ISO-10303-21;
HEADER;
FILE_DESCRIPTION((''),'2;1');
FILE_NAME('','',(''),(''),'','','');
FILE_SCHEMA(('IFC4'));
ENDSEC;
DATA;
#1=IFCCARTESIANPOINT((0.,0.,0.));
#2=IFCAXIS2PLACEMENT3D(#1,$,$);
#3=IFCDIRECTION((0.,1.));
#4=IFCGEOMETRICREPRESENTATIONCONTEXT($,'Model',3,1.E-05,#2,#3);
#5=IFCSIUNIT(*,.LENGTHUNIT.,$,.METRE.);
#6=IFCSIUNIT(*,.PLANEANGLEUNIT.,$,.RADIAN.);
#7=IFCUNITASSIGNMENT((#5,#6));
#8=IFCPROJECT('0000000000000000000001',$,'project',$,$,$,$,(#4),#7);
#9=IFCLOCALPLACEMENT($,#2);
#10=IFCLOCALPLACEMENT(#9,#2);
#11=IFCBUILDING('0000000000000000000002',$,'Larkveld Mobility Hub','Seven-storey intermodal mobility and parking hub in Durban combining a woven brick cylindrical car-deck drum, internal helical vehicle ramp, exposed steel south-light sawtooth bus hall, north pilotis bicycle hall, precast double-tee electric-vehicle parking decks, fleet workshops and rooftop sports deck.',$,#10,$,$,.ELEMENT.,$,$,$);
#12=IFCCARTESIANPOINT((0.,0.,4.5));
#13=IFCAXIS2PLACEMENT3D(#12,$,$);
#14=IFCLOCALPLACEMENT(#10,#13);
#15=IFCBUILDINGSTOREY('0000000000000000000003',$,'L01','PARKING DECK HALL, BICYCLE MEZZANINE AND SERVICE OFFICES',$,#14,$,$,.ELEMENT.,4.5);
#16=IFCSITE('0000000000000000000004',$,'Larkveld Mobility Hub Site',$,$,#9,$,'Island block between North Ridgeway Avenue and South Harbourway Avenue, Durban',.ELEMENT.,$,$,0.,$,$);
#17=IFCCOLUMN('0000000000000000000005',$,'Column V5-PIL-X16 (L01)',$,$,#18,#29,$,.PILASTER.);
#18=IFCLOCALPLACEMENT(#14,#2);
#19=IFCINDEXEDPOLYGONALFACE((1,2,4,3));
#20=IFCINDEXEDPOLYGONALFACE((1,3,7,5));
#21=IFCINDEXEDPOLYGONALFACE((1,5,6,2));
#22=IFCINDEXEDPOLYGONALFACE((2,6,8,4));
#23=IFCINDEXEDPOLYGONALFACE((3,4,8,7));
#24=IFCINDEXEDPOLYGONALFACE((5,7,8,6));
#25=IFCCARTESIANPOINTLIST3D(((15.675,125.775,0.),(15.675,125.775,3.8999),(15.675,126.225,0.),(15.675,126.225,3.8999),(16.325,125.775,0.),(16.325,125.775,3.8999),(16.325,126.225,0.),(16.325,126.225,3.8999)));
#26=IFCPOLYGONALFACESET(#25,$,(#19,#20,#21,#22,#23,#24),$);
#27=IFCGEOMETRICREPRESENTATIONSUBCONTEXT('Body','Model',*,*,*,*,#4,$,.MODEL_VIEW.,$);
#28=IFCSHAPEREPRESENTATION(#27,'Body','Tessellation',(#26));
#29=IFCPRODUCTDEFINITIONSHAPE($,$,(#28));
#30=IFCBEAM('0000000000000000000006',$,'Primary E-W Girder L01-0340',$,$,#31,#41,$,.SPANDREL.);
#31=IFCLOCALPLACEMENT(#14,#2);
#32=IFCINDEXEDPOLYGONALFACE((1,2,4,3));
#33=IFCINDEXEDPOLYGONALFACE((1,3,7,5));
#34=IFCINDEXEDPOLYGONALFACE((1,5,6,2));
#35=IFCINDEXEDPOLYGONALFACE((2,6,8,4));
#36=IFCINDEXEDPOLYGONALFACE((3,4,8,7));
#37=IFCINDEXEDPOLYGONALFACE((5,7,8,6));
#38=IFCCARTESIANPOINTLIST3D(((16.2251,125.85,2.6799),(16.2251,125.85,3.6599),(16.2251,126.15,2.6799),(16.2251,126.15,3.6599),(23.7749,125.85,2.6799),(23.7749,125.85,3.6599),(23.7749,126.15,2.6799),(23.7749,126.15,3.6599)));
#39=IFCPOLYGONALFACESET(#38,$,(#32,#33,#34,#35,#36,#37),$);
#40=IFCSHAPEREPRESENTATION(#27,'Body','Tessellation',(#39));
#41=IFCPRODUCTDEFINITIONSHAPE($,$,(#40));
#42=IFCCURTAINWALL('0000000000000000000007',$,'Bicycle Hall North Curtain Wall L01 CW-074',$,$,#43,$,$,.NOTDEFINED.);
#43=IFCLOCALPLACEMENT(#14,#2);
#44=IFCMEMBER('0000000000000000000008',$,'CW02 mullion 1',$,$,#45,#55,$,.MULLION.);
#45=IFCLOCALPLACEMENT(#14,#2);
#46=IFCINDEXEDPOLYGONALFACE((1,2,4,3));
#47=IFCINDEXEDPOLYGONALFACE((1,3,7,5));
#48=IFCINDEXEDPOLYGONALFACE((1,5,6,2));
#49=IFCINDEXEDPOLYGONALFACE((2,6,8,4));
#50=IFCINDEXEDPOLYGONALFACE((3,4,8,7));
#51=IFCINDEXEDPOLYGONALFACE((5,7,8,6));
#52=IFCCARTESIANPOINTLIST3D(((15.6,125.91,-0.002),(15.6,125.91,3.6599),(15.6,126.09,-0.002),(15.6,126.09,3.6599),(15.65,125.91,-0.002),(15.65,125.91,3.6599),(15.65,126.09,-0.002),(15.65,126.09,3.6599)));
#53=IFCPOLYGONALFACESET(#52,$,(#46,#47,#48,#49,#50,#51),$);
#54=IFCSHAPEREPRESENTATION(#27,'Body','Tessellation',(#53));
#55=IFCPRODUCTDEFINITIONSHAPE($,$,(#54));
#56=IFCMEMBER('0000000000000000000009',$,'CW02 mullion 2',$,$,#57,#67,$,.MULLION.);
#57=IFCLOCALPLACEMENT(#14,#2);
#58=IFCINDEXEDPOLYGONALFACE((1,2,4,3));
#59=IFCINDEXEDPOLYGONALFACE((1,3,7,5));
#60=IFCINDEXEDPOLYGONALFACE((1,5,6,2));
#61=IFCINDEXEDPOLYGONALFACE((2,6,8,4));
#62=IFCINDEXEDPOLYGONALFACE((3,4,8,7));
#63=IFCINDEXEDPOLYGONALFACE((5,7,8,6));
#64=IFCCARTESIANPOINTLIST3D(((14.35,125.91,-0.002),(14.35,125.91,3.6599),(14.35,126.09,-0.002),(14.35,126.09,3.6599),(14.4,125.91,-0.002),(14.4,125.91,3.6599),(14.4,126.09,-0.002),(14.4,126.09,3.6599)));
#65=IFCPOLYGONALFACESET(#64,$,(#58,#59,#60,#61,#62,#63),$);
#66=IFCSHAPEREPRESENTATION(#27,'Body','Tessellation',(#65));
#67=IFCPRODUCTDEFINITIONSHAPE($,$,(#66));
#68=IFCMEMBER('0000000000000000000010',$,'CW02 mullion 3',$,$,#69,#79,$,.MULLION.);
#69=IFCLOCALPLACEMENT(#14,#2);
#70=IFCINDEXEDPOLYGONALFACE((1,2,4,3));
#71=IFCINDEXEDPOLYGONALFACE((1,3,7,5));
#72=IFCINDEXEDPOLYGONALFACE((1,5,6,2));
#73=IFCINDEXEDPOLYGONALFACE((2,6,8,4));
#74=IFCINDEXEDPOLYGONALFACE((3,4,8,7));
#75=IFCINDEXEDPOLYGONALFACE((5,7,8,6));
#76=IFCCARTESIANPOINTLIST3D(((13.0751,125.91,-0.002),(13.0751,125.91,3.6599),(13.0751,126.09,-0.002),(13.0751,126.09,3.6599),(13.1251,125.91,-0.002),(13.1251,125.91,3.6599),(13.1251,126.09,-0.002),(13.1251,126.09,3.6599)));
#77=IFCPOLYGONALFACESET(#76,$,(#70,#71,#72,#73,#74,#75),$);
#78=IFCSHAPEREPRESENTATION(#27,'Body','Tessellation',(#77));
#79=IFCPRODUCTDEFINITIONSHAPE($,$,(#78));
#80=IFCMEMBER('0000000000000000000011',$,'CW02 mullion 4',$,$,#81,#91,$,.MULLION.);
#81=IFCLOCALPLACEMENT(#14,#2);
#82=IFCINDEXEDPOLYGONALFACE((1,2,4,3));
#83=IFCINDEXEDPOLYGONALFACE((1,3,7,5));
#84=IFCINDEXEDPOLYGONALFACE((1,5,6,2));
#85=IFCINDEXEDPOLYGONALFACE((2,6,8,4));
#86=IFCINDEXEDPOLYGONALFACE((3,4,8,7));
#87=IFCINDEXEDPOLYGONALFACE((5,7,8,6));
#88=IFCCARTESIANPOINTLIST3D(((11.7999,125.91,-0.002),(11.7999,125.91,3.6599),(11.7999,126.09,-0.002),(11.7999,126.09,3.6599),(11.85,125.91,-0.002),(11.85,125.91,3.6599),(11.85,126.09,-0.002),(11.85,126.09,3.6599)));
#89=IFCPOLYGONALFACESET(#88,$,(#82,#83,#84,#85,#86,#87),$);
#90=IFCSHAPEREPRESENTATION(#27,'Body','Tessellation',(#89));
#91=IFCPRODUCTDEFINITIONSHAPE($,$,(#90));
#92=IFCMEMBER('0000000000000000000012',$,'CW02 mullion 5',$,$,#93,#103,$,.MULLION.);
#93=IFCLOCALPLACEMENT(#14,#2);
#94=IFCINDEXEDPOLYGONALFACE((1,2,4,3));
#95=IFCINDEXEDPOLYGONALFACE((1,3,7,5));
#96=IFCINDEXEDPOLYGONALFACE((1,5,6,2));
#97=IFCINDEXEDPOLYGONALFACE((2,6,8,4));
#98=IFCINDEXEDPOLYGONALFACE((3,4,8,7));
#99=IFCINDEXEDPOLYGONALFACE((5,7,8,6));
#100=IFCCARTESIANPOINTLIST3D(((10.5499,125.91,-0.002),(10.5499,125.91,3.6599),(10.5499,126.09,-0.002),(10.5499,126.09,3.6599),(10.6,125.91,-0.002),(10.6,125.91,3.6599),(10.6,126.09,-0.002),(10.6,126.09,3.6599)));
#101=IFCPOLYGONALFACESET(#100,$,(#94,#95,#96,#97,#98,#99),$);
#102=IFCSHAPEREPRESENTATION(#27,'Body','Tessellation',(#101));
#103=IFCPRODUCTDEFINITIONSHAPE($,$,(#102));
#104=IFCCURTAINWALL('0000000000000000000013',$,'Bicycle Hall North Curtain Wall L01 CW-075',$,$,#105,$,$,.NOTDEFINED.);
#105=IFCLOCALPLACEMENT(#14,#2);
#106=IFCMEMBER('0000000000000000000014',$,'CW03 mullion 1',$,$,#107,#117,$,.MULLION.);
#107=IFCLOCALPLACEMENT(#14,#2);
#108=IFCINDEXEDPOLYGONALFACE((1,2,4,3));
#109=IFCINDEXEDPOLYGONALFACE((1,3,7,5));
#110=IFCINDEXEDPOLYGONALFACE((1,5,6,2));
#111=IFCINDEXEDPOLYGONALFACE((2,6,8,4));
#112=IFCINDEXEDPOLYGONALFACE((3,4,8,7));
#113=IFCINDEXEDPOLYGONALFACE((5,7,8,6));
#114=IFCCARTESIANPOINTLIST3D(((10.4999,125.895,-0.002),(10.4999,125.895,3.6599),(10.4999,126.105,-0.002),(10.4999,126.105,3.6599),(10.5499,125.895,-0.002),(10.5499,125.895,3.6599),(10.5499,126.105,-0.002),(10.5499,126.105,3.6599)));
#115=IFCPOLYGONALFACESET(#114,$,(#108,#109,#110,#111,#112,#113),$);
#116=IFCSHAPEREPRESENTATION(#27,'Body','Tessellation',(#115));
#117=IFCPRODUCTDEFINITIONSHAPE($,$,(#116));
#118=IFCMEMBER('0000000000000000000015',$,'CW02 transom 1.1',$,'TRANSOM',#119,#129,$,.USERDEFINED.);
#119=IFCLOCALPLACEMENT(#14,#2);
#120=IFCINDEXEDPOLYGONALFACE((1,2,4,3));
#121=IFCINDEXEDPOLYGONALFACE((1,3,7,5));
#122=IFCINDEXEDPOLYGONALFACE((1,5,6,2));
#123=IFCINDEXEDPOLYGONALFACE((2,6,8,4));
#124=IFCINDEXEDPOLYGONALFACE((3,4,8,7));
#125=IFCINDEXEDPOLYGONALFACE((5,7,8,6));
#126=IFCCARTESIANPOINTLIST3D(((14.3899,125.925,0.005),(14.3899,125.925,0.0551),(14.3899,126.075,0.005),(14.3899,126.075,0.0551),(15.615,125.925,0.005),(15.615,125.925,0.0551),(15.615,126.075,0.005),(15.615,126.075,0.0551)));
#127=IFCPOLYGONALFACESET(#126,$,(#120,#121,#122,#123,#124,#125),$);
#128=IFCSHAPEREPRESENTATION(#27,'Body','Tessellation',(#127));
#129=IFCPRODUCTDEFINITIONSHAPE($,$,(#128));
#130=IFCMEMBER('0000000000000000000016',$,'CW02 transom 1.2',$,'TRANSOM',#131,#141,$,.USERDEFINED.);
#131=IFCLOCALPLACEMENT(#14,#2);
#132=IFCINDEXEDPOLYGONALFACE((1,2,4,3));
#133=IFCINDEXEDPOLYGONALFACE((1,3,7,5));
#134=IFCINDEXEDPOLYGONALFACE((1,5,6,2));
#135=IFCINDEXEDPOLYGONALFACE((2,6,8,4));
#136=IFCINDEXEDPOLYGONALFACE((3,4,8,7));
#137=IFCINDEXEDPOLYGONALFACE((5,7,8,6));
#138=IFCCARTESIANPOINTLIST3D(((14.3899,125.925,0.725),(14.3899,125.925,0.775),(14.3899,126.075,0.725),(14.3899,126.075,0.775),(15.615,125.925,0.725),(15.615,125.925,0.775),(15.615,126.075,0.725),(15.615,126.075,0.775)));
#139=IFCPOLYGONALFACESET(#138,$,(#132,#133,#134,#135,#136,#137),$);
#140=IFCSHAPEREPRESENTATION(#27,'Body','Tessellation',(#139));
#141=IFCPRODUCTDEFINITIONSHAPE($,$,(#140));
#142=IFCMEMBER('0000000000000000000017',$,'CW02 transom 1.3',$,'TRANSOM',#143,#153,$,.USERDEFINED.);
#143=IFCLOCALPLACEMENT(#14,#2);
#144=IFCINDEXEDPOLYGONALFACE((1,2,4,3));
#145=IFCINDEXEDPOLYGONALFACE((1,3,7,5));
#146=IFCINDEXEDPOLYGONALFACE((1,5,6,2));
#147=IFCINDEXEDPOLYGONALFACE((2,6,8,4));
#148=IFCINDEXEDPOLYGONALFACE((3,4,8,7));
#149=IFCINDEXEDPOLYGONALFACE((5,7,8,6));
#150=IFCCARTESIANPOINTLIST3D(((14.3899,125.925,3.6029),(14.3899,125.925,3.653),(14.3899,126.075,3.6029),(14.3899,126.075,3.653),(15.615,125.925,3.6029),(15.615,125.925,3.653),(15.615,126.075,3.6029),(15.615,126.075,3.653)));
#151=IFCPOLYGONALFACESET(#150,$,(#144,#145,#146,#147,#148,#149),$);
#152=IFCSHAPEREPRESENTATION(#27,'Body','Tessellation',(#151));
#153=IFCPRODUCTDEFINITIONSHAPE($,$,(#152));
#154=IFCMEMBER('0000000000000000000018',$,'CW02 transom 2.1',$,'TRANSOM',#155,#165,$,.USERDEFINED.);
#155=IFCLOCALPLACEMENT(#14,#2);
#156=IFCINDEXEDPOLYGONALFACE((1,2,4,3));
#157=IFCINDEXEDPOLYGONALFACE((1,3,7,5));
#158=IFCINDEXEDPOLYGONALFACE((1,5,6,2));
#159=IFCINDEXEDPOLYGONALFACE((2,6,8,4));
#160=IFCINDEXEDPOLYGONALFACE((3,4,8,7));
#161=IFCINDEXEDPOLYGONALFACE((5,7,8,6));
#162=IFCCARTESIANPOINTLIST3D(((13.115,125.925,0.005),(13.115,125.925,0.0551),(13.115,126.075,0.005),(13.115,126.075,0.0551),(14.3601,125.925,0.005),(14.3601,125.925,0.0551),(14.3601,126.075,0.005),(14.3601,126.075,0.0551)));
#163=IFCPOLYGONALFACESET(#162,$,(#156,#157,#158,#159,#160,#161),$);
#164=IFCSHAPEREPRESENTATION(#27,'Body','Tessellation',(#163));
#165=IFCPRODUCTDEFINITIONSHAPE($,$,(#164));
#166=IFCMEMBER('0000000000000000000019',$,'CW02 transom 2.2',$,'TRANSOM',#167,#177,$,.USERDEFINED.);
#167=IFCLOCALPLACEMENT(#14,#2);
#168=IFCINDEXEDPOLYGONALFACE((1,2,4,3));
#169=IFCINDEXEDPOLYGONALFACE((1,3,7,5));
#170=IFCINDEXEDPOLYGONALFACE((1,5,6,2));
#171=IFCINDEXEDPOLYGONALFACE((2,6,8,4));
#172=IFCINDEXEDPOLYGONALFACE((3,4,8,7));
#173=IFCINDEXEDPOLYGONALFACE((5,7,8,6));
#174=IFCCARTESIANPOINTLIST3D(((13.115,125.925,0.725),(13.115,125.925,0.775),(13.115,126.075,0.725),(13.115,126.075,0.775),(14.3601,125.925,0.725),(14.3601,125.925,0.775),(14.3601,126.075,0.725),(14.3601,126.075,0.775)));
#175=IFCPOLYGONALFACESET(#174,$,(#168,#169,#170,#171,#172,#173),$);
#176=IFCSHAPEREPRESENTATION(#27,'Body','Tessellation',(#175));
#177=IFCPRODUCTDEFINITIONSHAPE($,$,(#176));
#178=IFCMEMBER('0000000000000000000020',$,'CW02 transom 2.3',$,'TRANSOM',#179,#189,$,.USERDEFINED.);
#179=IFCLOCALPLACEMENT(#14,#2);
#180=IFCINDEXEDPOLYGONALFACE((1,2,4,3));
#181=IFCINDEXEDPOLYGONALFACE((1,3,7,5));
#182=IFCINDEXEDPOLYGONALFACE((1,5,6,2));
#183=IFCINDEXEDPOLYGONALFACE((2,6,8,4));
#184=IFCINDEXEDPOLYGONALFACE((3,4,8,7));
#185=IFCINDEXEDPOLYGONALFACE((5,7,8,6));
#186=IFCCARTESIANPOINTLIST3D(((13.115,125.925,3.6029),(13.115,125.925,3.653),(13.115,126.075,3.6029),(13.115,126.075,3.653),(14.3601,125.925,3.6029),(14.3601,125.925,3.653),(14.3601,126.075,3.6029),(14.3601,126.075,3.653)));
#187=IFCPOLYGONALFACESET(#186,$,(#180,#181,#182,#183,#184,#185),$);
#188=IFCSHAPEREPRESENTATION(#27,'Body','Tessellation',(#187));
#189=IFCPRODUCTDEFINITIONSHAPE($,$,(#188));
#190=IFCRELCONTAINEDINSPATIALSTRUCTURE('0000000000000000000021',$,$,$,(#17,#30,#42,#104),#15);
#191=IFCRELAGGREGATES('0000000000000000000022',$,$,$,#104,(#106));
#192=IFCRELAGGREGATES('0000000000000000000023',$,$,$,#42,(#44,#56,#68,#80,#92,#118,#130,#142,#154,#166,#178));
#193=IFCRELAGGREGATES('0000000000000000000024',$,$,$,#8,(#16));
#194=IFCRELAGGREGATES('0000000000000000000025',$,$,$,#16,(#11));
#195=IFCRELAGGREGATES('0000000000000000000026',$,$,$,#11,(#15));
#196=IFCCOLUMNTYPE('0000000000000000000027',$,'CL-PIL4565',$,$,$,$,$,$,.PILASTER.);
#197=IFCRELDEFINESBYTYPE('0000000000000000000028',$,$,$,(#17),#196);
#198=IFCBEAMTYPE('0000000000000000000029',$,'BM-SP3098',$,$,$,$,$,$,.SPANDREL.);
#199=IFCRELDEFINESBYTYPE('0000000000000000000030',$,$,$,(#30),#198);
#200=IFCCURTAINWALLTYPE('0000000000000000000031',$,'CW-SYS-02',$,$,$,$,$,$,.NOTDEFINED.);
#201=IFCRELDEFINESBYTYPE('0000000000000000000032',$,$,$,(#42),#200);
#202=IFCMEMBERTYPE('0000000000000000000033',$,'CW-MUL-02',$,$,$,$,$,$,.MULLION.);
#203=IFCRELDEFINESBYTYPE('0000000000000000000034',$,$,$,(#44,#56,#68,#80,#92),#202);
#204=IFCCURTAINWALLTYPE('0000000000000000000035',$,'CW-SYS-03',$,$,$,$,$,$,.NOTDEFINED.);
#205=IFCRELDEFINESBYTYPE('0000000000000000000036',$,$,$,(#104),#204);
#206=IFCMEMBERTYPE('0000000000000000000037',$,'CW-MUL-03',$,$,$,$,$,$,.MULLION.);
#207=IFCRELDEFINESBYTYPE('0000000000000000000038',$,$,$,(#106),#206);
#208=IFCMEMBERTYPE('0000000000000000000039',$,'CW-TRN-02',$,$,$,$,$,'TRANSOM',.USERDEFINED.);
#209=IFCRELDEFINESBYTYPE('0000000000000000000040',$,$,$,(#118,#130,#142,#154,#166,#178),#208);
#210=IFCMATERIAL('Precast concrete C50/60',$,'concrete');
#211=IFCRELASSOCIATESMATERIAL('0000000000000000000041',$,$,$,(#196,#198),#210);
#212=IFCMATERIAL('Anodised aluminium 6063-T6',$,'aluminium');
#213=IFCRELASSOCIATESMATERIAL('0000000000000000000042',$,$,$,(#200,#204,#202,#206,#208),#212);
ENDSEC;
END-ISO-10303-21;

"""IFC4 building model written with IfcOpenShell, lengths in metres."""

from ifc_helpers import new_model, si_unit, direction, frame, origin, origin_2d, place, context, subcontext, project, spatial, rectangle, extrude, material, material_profile, profile_set, type_object, element, aggregate, save


model = new_model("IFC4")

# Units and contexts
model_context = context("Model", 3, precision=1e-05, world=origin(), true_north=direction((0.0, 1.0)))
body_context = subcontext(model_context, "Body", "Model", "MODEL_VIEW")
ifc_project = project(units=[si_unit("LENGTHUNIT", "METRE"), si_unit("PLANEANGLEUNIT", "RADIAN")], contexts=[model_context])

# Site, building, storey
site_placement = place(None, origin())
site = spatial("IfcSite", under=ifc_project, at=site_placement, Name="Larkveld Mobility Hub Site", LongName="Island block between North Ridgeway Avenue and South Harbourway Avenue, Durban", CompositionType="ELEMENT", RefElevation=0.0)
building_placement = place(site_placement, origin())
building = spatial("IfcBuilding", under=site, at=building_placement, Name="Larkveld Mobility Hub", Description="Seven-storey intermodal mobility and parking hub in Durban combining a woven brick cylindrical car-deck drum, internal helical vehicle ramp, exposed steel south-light sawtooth bus hall, north pilotis bicycle hall, precast double-tee electric-vehicle parking decks, fleet workshops and rooftop sports deck.", CompositionType="ELEMENT")
storey_placement = place(building_placement, frame((0.0, 0.0, 4.5)))
storey = spatial("IfcBuildingStorey", under=building, at=storey_placement, Name="L01", Description="PARKING DECK HALL, BICYCLE MEZZANINE AND SERVICE OFFICES", CompositionType="ELEMENT", Elevation=4.5)

# Column
ifc_material_1 = material(Name="Precast concrete C50/60", Category="concrete")
ifc_material_profile_1 = material_profile(ifc_material_1, rectangle(XDim=0.45, YDim=0.6499, at=origin_2d()), Name="PC PIL 450x650")
ifc_profile_set_1 = profile_set([ifc_material_profile_1], Name="Precast concrete C50/60")
column_type = type_object("IfcColumnType", Name="CL-PIL4565", PredefinedType="PILASTER", material=ifc_profile_set_1)
column_placement = place(storey_placement, frame((16.0, 126.0, 0.0), z_axis=(0.0, 0.0, 1.0), x_axis=(0.0, 1.0, 0.0)))
element("IfcColumn", 1, at=column_placement, inside=storey, type_object=column_type, Name="Column V5-PIL-X16 (L01)", PredefinedType="PILASTER", context=body_context, shape_type="SweptSolid", body=[
    extrude(rectangle(XDim=0.45, YDim=0.6499, at=origin_2d()), origin(), (0.0, 0.0, 1.0), 3.8999),
])

# Beam
ifc_material_profile_2 = material_profile(ifc_material_1, rectangle(XDim=0.3, YDim=0.98, at=origin_2d()), Name="PC SP 300x980")
ifc_profile_set_2 = profile_set([ifc_material_profile_2], Name="Precast concrete C50/60")
beam_type = type_object("IfcBeamType", Name="BM-SP3098", PredefinedType="SPANDREL", material=ifc_profile_set_2)
beam_placement = place(storey_placement, frame((16.2251, 126.0, 3.1699), z_axis=(1.0, 0.0, 0.0), x_axis=(0.0, 1.0, 0.0)))
element("IfcBeam", 2, at=beam_placement, inside=storey, type_object=beam_type, Name="Primary E-W Girder L01-0340", PredefinedType="SPANDREL", context=body_context, shape_type="SweptSolid", body=[
    extrude(rectangle(XDim=0.3, YDim=0.98, at=origin_2d()), origin(), (0.0, 0.0, 1.0), 7.5498),
])

# Curtain wall, members
ifc_material_2 = material(Name="Anodised aluminium 6063-T6", Category="aluminium")
curtain_wall_type_1 = type_object("IfcCurtainWallType", Name="CW-SYS-02", PredefinedType="NOTDEFINED", material=ifc_material_2)
curtain_wall_1_placement = place(storey_placement, origin())
curtain_wall_1 = element("IfcCurtainWall", 3, at=curtain_wall_1_placement, inside=storey, type_object=curtain_wall_type_1, Name="Bicycle Hall North Curtain Wall L01 CW-074", PredefinedType="NOTDEFINED")
ifc_material_profile_3 = material_profile(ifc_material_2, rectangle(XDim=0.05, YDim=0.1799, at=origin_2d()), Name="ALU MULL 50x180")
ifc_profile_set_3 = profile_set([ifc_material_profile_3], Name="Anodised aluminium 6063-T6")
member_type_1 = type_object("IfcMemberType", Name="CW-MUL-02", PredefinedType="MULLION", material=ifc_profile_set_3)
member_1_placement = place(storey_placement, frame((15.625, 126.0, -0.002), z_axis=(0.0, 0.0, 1.0), x_axis=(-1.0, 0.0, 0.0)))
member_1 = element("IfcMember", 4, at=member_1_placement, type_object=member_type_1, Name="CW02 mullion 1", PredefinedType="MULLION", context=body_context, shape_type="SweptSolid", body=[
    extrude(rectangle(XDim=0.05, YDim=0.1799, at=origin_2d()), origin(), (0.0, 0.0, 1.0), 3.6619),
])
member_2_placement = place(storey_placement, frame((14.375, 126.0, -0.002), z_axis=(0.0, 0.0, 1.0), x_axis=(-1.0, 0.0, 0.0)))
member_2 = element("IfcMember", 5, at=member_2_placement, type_object=member_type_1, Name="CW02 mullion 2", PredefinedType="MULLION", context=body_context, shape_type="SweptSolid", body=[
    extrude(rectangle(XDim=0.05, YDim=0.1799, at=origin_2d()), origin(), (0.0, 0.0, 1.0), 3.6619),
])
member_3_placement = place(storey_placement, frame((13.1001, 126.0, -0.002), z_axis=(0.0, 0.0, 1.0), x_axis=(-1.0, 0.0, 0.0)))
member_3 = element("IfcMember", 6, at=member_3_placement, type_object=member_type_1, Name="CW02 mullion 3", PredefinedType="MULLION", context=body_context, shape_type="SweptSolid", body=[
    extrude(rectangle(XDim=0.05, YDim=0.1799, at=origin_2d()), origin(), (0.0, 0.0, 1.0), 3.6619),
])
member_4_placement = place(storey_placement, frame((11.825, 126.0, -0.002), z_axis=(0.0, 0.0, 1.0), x_axis=(-1.0, 0.0, 0.0)))
member_4 = element("IfcMember", 7, at=member_4_placement, type_object=member_type_1, Name="CW02 mullion 4", PredefinedType="MULLION", context=body_context, shape_type="SweptSolid", body=[
    extrude(rectangle(XDim=0.05, YDim=0.1799, at=origin_2d()), origin(), (0.0, 0.0, 1.0), 3.6619),
])
member_5_placement = place(storey_placement, frame((10.575, 126.0, -0.002), z_axis=(0.0, 0.0, 1.0), x_axis=(-1.0, 0.0, 0.0)))
member_5 = element("IfcMember", 8, at=member_5_placement, type_object=member_type_1, Name="CW02 mullion 5", PredefinedType="MULLION", context=body_context, shape_type="SweptSolid", body=[
    extrude(rectangle(XDim=0.05, YDim=0.1799, at=origin_2d()), origin(), (0.0, 0.0, 1.0), 3.6619),
])

# Curtain wall, member
curtain_wall_type_2 = type_object("IfcCurtainWallType", Name="CW-SYS-03", PredefinedType="NOTDEFINED", material=ifc_material_2)
curtain_wall_2_placement = place(storey_placement, origin())
curtain_wall_2 = element("IfcCurtainWall", 9, at=curtain_wall_2_placement, inside=storey, type_object=curtain_wall_type_2, Name="Bicycle Hall North Curtain Wall L01 CW-075", PredefinedType="NOTDEFINED")
ifc_material_profile_4 = material_profile(ifc_material_2, rectangle(XDim=0.05, YDim=0.21, at=origin_2d()), Name="ALU MULL 50x210")
ifc_profile_set_4 = profile_set([ifc_material_profile_4], Name="Anodised aluminium 6063-T6")
member_type_2 = type_object("IfcMemberType", Name="CW-MUL-03", PredefinedType="MULLION", material=ifc_profile_set_4)
member_6_placement = place(storey_placement, frame((10.5249, 126.0, -0.002), z_axis=(0.0, 0.0, 1.0), x_axis=(-1.0, 0.0, 0.0)))
member_6 = element("IfcMember", 10, at=member_6_placement, type_object=member_type_2, Name="CW03 mullion 1", PredefinedType="MULLION", context=body_context, shape_type="SweptSolid", body=[
    extrude(rectangle(XDim=0.05, YDim=0.21, at=origin_2d()), origin(), (0.0, 0.0, 1.0), 3.6619),
])
aggregate(curtain_wall_2, [member_6])

# Members
ifc_material_profile_5 = material_profile(ifc_material_2, rectangle(XDim=0.1499, YDim=0.05, at=origin_2d()), Name="ALU TRAN 50x150")
ifc_profile_set_5 = profile_set([ifc_material_profile_5], Name="Anodised aluminium 6063-T6")
member_type_3 = type_object("IfcMemberType", Name="CW-TRN-02", ElementType="TRANSOM", PredefinedType="USERDEFINED", material=ifc_profile_set_5)
member_7_placement = place(storey_placement, frame((15.615, 126.0, 0.03), z_axis=(-1.0, 0.0, 0.0), x_axis=(0.0, -1.0, 0.0)))
member_7 = element("IfcMember", 11, at=member_7_placement, type_object=member_type_3, Name="CW02 transom 1.1", ObjectType="TRANSOM", PredefinedType="USERDEFINED", context=body_context, shape_type="SweptSolid", body=[
    extrude(rectangle(XDim=0.1499, YDim=0.05, at=origin_2d()), origin(), (0.0, 0.0, 1.0), 1.2251),
])
member_8_placement = place(storey_placement, frame((15.615, 126.0, 0.75), z_axis=(-1.0, 0.0, 0.0), x_axis=(0.0, -1.0, 0.0)))
member_8 = element("IfcMember", 12, at=member_8_placement, type_object=member_type_3, Name="CW02 transom 1.2", ObjectType="TRANSOM", PredefinedType="USERDEFINED", context=body_context, shape_type="SweptSolid", body=[
    extrude(rectangle(XDim=0.1499, YDim=0.05, at=origin_2d()), origin(), (0.0, 0.0, 1.0), 1.2251),
])
member_9_placement = place(storey_placement, frame((15.615, 126.0, 3.6279), z_axis=(-1.0, 0.0, 0.0), x_axis=(0.0, -1.0, 0.0)))
member_9 = element("IfcMember", 13, at=member_9_placement, type_object=member_type_3, Name="CW02 transom 1.3", ObjectType="TRANSOM", PredefinedType="USERDEFINED", context=body_context, shape_type="SweptSolid", body=[
    extrude(rectangle(XDim=0.1499, YDim=0.05, at=origin_2d()), origin(), (0.0, 0.0, 1.0), 1.2251),
])
member_10_placement = place(storey_placement, frame((14.3601, 126.0, 0.03), z_axis=(-1.0, 0.0, 0.0), x_axis=(0.0, -1.0, 0.0)))
member_10 = element("IfcMember", 14, at=member_10_placement, type_object=member_type_3, Name="CW02 transom 2.1", ObjectType="TRANSOM", PredefinedType="USERDEFINED", context=body_context, shape_type="SweptSolid", body=[
    extrude(rectangle(XDim=0.1499, YDim=0.05, at=origin_2d()), origin(), (0.0, 0.0, 1.0), 1.2451),
])
member_11_placement = place(storey_placement, frame((14.3601, 126.0, 0.75), z_axis=(-1.0, 0.0, 0.0), x_axis=(0.0, -1.0, 0.0)))
member_11 = element("IfcMember", 15, at=member_11_placement, type_object=member_type_3, Name="CW02 transom 2.2", ObjectType="TRANSOM", PredefinedType="USERDEFINED", context=body_context, shape_type="SweptSolid", body=[
    extrude(rectangle(XDim=0.1499, YDim=0.05, at=origin_2d()), origin(), (0.0, 0.0, 1.0), 1.2451),
])
member_12_placement = place(storey_placement, frame((14.3601, 126.0, 3.6279), z_axis=(-1.0, 0.0, 0.0), x_axis=(0.0, -1.0, 0.0)))
member_12 = element("IfcMember", 16, at=member_12_placement, type_object=member_type_3, Name="CW02 transom 2.3", ObjectType="TRANSOM", PredefinedType="USERDEFINED", context=body_context, shape_type="SweptSolid", body=[
    extrude(rectangle(XDim=0.1499, YDim=0.05, at=origin_2d()), origin(), (0.0, 0.0, 1.0), 1.2451),
])

aggregate(curtain_wall_1, [member_1, member_2, member_3, member_4, member_5, member_7, member_8, member_9, member_10, member_11, member_12])

save(model, "model.ifc")
